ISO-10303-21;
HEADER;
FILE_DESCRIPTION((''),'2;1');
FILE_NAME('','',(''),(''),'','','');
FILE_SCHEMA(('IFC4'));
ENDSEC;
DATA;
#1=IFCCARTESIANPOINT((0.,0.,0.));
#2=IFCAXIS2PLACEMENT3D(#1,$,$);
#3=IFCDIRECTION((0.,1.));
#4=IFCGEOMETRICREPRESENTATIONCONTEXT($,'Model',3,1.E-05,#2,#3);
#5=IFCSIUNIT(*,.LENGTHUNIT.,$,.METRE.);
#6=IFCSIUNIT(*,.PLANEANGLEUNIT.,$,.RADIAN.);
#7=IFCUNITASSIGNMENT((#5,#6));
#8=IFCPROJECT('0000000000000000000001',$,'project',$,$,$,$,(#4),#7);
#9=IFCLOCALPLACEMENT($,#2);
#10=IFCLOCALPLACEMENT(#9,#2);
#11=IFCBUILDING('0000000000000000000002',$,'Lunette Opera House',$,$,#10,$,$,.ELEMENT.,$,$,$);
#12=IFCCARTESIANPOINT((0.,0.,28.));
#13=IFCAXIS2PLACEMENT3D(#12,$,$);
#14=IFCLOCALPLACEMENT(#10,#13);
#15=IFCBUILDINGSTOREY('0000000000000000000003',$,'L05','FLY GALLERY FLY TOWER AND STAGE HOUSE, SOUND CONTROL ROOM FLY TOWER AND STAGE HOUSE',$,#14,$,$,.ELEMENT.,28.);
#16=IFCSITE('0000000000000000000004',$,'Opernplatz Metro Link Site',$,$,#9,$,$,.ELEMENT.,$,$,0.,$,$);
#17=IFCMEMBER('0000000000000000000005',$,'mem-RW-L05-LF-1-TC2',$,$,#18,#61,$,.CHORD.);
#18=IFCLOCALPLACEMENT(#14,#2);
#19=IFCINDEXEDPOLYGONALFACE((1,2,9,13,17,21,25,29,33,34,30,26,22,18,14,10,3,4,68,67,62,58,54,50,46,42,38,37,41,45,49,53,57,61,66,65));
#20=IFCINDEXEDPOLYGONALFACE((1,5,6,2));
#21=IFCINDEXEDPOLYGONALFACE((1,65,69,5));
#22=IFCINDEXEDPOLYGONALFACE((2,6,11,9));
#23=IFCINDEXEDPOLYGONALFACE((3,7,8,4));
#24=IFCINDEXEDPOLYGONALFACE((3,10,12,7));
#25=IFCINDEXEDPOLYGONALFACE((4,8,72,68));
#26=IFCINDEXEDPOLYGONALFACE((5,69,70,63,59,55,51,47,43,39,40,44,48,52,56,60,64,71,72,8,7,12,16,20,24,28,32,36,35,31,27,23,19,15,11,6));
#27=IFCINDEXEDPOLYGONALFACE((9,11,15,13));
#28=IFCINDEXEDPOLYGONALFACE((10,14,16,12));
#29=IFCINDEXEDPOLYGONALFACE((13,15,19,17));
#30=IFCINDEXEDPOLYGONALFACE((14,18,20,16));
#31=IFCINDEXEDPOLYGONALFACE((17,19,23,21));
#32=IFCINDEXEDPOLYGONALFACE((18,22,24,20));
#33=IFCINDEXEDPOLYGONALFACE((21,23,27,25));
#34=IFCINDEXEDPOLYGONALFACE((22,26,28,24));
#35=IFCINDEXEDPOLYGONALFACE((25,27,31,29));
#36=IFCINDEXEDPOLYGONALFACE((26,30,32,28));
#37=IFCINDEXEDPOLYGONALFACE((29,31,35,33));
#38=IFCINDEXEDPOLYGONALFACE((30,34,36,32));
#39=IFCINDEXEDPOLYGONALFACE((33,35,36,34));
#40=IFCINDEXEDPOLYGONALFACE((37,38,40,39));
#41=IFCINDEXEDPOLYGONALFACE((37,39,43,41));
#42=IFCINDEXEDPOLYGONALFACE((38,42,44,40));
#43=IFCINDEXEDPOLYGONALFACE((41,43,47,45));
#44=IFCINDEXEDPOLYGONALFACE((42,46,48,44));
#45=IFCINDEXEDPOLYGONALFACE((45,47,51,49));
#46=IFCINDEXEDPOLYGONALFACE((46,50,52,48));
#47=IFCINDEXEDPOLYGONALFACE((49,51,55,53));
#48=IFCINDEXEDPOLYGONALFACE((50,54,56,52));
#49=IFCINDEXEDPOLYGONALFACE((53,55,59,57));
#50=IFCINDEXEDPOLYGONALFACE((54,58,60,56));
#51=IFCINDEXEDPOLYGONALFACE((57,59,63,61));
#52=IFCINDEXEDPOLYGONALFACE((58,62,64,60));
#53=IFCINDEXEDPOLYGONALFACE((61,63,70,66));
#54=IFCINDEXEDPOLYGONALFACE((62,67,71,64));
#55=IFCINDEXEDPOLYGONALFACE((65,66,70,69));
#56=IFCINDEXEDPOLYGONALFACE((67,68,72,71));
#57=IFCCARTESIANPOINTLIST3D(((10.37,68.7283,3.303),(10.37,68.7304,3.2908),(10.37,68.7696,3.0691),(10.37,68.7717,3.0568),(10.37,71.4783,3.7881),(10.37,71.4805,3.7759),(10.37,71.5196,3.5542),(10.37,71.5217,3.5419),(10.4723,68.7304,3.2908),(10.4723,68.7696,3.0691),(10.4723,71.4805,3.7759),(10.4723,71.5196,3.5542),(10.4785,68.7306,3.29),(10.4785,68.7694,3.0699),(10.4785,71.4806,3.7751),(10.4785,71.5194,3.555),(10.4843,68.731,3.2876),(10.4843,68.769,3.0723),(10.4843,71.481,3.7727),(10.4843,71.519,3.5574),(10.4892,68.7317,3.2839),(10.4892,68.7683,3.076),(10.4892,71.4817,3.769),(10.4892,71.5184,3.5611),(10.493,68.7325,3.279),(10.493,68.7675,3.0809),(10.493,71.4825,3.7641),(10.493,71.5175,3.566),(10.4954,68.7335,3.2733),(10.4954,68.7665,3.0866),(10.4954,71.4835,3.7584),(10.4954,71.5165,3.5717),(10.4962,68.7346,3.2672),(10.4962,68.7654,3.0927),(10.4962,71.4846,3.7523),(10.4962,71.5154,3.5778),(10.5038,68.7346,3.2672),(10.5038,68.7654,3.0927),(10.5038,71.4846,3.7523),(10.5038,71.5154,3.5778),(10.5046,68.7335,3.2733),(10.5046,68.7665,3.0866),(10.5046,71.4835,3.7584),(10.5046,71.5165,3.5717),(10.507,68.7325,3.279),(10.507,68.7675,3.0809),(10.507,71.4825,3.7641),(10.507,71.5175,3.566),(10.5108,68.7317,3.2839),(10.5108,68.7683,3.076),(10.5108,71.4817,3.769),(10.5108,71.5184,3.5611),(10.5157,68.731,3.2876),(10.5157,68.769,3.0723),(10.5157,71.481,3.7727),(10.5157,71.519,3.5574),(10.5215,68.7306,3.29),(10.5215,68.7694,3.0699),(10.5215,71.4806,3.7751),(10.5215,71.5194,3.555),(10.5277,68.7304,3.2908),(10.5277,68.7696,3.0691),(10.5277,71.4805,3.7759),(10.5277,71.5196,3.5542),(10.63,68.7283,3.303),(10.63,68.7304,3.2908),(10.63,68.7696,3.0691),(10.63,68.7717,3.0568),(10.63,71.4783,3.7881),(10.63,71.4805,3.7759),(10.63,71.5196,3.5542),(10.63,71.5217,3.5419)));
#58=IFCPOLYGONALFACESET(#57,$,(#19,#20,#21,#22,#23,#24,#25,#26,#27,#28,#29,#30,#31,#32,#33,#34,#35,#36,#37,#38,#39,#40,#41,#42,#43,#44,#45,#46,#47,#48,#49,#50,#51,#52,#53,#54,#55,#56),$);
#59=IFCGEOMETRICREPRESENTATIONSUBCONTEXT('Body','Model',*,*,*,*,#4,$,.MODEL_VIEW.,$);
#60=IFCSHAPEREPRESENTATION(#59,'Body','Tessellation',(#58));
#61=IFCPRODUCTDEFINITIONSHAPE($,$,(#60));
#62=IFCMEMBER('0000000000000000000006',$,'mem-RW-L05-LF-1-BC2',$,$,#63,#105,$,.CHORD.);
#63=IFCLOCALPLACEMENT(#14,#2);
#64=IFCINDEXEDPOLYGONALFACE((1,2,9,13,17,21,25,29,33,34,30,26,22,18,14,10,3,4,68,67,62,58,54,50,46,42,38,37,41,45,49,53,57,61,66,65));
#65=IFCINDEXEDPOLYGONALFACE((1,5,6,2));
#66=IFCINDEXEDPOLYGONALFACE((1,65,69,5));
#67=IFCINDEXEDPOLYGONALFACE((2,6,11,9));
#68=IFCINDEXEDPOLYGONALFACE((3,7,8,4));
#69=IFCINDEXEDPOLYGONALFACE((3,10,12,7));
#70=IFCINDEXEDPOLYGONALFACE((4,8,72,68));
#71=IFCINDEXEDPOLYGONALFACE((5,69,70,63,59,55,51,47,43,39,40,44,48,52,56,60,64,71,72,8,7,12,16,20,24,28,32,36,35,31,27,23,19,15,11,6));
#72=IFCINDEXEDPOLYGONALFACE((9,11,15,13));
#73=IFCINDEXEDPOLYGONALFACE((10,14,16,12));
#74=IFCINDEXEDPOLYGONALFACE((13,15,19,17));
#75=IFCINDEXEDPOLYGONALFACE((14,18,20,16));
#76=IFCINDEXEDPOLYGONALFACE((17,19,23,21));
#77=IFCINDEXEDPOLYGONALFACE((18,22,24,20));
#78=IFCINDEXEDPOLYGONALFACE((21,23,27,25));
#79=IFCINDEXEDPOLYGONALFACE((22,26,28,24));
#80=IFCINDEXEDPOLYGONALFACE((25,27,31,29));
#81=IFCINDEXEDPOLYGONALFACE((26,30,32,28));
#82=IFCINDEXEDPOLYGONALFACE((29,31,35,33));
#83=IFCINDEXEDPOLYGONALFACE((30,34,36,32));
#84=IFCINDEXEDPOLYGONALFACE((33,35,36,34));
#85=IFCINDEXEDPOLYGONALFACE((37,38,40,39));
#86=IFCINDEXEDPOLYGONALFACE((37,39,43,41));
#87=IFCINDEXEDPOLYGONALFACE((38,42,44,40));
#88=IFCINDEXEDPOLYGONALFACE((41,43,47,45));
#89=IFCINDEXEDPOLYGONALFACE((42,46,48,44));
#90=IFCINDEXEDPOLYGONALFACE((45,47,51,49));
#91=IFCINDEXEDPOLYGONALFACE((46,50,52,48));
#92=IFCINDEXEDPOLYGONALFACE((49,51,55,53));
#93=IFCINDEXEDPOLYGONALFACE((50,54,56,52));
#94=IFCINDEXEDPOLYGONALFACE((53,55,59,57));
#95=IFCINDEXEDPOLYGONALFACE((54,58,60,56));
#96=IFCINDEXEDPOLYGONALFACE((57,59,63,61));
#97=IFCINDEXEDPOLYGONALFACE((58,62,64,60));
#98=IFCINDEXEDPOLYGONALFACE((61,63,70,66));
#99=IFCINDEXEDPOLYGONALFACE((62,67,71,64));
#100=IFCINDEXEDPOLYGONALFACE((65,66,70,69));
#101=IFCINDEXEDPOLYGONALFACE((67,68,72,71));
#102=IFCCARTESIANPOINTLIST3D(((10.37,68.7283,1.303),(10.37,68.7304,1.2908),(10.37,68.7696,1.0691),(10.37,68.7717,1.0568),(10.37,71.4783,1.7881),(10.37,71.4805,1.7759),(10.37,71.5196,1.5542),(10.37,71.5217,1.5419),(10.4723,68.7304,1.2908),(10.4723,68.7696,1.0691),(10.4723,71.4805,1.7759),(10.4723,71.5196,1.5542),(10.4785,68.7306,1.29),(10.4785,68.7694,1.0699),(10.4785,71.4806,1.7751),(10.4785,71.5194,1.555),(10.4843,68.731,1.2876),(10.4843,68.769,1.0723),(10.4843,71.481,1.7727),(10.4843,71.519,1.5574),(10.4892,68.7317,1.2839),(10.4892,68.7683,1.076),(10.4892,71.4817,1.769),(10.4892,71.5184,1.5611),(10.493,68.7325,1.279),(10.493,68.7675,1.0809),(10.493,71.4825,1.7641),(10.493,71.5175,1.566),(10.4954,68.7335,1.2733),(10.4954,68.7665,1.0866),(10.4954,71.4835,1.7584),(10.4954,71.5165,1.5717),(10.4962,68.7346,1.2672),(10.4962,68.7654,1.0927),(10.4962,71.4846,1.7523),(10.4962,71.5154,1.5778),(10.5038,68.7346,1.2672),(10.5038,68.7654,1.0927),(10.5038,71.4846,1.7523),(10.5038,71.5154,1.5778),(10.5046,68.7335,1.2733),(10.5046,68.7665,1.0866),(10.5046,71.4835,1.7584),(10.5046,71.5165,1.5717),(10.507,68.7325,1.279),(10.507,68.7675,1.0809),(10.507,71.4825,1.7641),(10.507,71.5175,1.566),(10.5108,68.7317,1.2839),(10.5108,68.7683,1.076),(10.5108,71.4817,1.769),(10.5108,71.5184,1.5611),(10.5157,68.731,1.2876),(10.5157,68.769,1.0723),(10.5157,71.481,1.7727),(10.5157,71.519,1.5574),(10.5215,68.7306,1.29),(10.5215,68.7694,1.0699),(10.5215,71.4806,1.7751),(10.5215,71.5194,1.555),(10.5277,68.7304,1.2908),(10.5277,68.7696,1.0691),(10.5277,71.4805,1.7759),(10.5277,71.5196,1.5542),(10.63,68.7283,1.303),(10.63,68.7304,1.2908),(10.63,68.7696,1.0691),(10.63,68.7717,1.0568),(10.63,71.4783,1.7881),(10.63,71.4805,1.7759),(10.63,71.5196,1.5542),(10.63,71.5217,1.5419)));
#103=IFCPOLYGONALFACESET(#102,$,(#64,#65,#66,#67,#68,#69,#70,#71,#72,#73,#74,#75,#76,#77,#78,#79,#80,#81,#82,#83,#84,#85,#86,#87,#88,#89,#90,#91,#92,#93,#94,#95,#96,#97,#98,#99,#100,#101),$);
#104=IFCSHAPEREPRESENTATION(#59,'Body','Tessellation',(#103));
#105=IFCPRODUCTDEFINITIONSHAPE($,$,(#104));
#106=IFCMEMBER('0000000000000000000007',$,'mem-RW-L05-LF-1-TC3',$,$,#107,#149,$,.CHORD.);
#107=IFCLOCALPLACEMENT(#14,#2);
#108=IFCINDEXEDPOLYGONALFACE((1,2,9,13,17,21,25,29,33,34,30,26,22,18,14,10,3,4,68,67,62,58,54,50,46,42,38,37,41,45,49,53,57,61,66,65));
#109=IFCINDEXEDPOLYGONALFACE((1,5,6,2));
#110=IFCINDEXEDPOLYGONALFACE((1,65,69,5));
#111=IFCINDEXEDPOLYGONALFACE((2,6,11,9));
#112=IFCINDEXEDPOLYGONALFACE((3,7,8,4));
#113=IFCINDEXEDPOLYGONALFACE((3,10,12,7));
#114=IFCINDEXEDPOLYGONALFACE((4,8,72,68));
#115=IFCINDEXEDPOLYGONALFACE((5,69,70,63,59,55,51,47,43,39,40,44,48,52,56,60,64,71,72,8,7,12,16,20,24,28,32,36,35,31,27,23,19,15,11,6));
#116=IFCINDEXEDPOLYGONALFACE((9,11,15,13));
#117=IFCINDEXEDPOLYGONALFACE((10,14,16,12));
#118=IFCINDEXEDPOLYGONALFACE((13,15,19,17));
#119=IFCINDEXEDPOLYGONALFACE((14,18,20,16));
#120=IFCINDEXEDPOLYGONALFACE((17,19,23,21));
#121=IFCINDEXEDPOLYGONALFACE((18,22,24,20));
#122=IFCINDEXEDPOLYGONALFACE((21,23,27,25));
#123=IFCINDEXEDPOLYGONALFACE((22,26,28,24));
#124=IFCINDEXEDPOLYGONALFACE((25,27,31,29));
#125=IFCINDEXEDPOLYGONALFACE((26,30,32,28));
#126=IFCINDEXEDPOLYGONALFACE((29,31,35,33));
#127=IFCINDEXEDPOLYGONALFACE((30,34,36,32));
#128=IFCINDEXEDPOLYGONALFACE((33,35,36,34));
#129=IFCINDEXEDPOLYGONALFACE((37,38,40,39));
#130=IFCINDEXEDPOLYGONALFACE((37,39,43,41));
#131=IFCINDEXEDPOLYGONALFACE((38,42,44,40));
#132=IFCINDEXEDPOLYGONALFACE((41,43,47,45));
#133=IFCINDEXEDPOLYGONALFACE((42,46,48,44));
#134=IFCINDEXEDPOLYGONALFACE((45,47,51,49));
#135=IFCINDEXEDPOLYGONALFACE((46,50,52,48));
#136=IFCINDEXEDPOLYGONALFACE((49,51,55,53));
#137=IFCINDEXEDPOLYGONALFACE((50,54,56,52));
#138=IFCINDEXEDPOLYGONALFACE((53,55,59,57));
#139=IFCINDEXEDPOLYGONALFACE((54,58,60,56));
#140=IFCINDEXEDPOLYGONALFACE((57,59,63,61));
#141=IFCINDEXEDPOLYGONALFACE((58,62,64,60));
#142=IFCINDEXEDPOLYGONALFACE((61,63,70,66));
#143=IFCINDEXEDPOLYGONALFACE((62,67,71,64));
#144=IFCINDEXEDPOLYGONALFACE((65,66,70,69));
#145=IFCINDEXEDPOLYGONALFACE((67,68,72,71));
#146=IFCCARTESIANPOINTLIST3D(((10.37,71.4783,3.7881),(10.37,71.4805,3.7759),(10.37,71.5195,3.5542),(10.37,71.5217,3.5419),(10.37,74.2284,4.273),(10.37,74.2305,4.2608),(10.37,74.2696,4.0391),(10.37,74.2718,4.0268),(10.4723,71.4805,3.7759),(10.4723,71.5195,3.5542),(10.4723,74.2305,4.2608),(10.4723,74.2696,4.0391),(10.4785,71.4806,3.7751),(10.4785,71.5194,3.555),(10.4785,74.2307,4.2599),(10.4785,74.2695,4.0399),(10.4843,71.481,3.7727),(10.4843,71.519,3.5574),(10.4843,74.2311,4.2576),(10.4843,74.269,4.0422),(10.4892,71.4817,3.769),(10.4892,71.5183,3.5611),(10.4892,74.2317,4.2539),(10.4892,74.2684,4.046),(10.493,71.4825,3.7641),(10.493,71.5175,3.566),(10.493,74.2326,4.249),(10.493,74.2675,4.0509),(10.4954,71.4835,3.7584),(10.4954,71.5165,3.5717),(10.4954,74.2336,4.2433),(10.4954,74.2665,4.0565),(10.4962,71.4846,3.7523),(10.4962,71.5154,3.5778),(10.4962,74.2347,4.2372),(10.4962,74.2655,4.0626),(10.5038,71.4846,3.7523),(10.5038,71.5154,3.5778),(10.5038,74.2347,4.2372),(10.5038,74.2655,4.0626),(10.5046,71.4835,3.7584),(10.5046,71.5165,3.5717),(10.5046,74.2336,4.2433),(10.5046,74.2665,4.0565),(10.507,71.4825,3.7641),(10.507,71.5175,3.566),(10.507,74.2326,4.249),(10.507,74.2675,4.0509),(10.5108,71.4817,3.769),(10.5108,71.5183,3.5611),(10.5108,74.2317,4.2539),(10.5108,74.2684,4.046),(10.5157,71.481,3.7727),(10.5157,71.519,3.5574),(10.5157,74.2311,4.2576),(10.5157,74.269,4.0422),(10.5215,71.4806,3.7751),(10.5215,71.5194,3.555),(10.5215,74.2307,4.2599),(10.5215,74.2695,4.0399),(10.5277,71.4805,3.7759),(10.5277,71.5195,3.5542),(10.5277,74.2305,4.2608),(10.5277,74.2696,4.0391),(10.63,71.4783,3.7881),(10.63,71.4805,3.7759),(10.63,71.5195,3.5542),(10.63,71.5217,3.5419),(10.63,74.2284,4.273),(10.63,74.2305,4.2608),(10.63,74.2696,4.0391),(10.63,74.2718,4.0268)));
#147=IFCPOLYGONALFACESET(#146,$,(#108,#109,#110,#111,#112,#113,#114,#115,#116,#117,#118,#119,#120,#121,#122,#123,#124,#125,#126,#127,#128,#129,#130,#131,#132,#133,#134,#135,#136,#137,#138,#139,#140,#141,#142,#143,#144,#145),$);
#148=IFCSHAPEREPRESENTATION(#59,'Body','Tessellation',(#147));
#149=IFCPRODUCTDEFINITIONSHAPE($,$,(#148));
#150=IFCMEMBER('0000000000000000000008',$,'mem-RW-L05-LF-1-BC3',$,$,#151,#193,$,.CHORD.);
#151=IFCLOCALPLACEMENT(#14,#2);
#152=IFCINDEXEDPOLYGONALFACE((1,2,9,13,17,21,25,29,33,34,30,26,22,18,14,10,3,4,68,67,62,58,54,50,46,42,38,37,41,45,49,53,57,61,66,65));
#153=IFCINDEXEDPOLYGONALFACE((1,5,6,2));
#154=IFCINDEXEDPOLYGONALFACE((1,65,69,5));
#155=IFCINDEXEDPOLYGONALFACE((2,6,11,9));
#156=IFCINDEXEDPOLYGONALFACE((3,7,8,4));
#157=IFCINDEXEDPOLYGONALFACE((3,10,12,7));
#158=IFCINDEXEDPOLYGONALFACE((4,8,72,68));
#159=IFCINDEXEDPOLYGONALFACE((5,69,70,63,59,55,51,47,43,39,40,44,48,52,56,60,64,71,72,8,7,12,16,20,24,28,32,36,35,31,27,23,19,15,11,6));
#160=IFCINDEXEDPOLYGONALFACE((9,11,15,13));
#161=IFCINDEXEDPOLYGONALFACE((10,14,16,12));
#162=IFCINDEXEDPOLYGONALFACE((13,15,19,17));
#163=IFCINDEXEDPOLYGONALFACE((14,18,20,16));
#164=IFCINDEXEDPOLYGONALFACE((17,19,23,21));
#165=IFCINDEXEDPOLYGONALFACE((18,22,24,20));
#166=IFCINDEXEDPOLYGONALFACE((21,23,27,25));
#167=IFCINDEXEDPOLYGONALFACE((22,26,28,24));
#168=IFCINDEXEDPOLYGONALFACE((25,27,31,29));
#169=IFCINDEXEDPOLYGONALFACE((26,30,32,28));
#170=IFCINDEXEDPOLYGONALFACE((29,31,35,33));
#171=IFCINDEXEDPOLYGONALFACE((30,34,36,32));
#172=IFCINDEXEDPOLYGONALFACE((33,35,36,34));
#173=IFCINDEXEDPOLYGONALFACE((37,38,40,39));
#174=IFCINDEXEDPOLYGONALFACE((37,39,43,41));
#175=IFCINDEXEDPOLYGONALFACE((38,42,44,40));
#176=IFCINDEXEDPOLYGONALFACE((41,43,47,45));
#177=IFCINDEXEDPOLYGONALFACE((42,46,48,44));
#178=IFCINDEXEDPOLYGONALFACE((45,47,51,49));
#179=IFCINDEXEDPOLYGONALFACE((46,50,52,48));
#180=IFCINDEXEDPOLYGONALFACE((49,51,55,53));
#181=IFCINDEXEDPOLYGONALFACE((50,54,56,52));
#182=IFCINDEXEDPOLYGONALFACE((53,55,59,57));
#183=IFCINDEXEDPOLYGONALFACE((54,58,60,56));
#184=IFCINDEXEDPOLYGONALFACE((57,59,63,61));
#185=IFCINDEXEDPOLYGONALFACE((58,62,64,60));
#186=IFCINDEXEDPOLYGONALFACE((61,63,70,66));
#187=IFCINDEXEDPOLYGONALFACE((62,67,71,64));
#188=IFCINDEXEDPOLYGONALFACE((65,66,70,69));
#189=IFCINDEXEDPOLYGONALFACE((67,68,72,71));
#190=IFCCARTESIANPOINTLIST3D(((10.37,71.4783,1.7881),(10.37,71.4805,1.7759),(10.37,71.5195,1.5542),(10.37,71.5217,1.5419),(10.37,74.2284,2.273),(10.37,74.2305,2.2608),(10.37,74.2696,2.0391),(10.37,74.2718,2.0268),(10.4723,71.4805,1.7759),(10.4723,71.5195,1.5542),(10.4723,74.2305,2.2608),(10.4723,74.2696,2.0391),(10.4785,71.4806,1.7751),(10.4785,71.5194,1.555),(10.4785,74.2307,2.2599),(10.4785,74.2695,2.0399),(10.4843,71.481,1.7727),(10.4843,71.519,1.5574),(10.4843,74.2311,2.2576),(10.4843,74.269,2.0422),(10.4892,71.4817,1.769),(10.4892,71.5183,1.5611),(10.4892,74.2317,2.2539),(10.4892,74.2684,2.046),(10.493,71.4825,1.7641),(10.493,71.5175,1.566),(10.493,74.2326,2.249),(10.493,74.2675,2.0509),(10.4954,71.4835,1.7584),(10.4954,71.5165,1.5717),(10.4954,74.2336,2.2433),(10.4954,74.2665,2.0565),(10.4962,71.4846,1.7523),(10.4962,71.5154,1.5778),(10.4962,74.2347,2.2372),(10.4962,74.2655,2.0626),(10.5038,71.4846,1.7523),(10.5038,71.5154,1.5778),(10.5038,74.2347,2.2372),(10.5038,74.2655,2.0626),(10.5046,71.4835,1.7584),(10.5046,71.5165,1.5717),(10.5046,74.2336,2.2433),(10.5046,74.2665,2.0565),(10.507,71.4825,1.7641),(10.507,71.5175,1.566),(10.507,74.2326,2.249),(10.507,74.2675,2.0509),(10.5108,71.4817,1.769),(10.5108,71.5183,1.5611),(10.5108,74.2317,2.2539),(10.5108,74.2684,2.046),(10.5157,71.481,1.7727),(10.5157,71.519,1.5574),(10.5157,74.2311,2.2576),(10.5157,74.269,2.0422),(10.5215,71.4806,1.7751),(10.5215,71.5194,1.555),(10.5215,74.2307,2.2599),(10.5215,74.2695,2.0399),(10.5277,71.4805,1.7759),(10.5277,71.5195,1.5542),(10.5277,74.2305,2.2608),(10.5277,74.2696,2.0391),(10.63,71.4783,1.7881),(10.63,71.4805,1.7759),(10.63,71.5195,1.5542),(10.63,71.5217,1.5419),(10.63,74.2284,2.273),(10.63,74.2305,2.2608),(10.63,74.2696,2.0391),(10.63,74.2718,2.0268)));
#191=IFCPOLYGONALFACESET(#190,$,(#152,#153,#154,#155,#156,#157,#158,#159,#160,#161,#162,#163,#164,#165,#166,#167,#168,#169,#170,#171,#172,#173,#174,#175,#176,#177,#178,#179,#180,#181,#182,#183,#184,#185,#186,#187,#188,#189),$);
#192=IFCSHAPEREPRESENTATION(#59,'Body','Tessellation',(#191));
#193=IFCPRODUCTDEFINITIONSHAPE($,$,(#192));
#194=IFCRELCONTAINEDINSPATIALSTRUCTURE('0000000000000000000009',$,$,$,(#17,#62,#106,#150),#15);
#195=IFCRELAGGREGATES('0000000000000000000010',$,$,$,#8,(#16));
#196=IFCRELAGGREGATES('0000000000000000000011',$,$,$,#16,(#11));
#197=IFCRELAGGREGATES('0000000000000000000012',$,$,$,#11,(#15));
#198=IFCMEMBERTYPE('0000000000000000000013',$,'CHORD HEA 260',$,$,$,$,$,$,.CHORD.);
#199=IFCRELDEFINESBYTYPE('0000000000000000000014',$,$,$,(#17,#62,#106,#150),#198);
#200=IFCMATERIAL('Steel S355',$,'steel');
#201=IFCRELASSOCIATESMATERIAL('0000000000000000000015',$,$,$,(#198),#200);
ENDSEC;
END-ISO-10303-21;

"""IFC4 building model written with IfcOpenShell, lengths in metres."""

from ifc_helpers import new_model, si_unit, direction, frame, origin, origin_2d, place, context, subcontext, project, spatial, i_section, extrude, material, material_profile, profile_set, type_object, element, save


model = new_model("IFC4")

# Units and contexts
model_context = context("Model", 3, precision=1e-05, world=origin(), true_north=direction((0.0, 1.0)))
body_context = subcontext(model_context, "Body", "Model", "MODEL_VIEW")
ifc_project = project(units=[si_unit("LENGTHUNIT", "METRE"), si_unit("PLANEANGLEUNIT", "RADIAN")], contexts=[model_context])

# Site, building, storey
site_placement = place(None, origin())
site = spatial("IfcSite", under=ifc_project, at=site_placement, Name="Opernplatz Metro Link Site", CompositionType="ELEMENT", RefElevation=0.0)
building_placement = place(site_placement, origin())
building = spatial("IfcBuilding", under=site, at=building_placement, Name="Lunette Opera House", CompositionType="ELEMENT")
storey_placement = place(building_placement, frame((0.0, 0.0, 28.0)))
storey = spatial("IfcBuildingStorey", under=building, at=storey_placement, Name="L05", Description="FLY GALLERY FLY TOWER AND STAGE HOUSE, SOUND CONTROL ROOM FLY TOWER AND STAGE HOUSE", CompositionType="ELEMENT", Elevation=28.0)

# Members
ifc_material_1 = material(Name="Steel S355", Category="steel")
ifc_material_profile_1 = material_profile(ifc_material_1, i_section(OverallWidth=0.26, OverallDepth=0.25, WebThickness=0.0076, FlangeThickness=0.0125, FilletRadius=0.0239, at=origin_2d()), Name="HEA 260")
ifc_profile_set_1 = profile_set([ifc_material_profile_1], Name="Steel S355")
member_type_1 = type_object("IfcMemberType", Name="CHORD HEA 260", PredefinedType="CHORD", material=ifc_profile_set_1)
for number, where, z_axis, x_axis, name in (
    (1, (10.5, 68.75, 3.1799), (0.0, 0.984795, 0.17372), (-1.0, 0.0, 0.0), "mem-RW-L05-LF-1-TC2"),
    (2, (10.5, 68.75, 1.1799), (0.0, 0.984795, 0.17372), (-1.0, 0.0, 0.0), "mem-RW-L05-LF-1-BC2"),
    (3, (10.5, 71.5, 3.665), (0.0, 0.98481, 0.173636), (-1.0, 0.0, 0.0), "mem-RW-L05-LF-1-TC3"),
    (4, (10.5, 71.5, 1.665), (0.0, 0.98481, 0.173636), (-1.0, 0.0, 0.0), "mem-RW-L05-LF-1-BC3"),
):
    element("IfcMember", number, at=place(storey_placement, frame(where, z_axis=z_axis, x_axis=x_axis)), inside=storey, type_object=member_type_1, Name=name, PredefinedType="CHORD", context=body_context, shape_type="SweptSolid", body=[
        extrude(i_section(OverallWidth=0.26, OverallDepth=0.25, WebThickness=0.0076, FlangeThickness=0.0125, FilletRadius=0.0239, at=origin_2d()), origin(), (0.0, 0.0, 1.0), 2.7925),
    ])

save(model, "model.ifc")
